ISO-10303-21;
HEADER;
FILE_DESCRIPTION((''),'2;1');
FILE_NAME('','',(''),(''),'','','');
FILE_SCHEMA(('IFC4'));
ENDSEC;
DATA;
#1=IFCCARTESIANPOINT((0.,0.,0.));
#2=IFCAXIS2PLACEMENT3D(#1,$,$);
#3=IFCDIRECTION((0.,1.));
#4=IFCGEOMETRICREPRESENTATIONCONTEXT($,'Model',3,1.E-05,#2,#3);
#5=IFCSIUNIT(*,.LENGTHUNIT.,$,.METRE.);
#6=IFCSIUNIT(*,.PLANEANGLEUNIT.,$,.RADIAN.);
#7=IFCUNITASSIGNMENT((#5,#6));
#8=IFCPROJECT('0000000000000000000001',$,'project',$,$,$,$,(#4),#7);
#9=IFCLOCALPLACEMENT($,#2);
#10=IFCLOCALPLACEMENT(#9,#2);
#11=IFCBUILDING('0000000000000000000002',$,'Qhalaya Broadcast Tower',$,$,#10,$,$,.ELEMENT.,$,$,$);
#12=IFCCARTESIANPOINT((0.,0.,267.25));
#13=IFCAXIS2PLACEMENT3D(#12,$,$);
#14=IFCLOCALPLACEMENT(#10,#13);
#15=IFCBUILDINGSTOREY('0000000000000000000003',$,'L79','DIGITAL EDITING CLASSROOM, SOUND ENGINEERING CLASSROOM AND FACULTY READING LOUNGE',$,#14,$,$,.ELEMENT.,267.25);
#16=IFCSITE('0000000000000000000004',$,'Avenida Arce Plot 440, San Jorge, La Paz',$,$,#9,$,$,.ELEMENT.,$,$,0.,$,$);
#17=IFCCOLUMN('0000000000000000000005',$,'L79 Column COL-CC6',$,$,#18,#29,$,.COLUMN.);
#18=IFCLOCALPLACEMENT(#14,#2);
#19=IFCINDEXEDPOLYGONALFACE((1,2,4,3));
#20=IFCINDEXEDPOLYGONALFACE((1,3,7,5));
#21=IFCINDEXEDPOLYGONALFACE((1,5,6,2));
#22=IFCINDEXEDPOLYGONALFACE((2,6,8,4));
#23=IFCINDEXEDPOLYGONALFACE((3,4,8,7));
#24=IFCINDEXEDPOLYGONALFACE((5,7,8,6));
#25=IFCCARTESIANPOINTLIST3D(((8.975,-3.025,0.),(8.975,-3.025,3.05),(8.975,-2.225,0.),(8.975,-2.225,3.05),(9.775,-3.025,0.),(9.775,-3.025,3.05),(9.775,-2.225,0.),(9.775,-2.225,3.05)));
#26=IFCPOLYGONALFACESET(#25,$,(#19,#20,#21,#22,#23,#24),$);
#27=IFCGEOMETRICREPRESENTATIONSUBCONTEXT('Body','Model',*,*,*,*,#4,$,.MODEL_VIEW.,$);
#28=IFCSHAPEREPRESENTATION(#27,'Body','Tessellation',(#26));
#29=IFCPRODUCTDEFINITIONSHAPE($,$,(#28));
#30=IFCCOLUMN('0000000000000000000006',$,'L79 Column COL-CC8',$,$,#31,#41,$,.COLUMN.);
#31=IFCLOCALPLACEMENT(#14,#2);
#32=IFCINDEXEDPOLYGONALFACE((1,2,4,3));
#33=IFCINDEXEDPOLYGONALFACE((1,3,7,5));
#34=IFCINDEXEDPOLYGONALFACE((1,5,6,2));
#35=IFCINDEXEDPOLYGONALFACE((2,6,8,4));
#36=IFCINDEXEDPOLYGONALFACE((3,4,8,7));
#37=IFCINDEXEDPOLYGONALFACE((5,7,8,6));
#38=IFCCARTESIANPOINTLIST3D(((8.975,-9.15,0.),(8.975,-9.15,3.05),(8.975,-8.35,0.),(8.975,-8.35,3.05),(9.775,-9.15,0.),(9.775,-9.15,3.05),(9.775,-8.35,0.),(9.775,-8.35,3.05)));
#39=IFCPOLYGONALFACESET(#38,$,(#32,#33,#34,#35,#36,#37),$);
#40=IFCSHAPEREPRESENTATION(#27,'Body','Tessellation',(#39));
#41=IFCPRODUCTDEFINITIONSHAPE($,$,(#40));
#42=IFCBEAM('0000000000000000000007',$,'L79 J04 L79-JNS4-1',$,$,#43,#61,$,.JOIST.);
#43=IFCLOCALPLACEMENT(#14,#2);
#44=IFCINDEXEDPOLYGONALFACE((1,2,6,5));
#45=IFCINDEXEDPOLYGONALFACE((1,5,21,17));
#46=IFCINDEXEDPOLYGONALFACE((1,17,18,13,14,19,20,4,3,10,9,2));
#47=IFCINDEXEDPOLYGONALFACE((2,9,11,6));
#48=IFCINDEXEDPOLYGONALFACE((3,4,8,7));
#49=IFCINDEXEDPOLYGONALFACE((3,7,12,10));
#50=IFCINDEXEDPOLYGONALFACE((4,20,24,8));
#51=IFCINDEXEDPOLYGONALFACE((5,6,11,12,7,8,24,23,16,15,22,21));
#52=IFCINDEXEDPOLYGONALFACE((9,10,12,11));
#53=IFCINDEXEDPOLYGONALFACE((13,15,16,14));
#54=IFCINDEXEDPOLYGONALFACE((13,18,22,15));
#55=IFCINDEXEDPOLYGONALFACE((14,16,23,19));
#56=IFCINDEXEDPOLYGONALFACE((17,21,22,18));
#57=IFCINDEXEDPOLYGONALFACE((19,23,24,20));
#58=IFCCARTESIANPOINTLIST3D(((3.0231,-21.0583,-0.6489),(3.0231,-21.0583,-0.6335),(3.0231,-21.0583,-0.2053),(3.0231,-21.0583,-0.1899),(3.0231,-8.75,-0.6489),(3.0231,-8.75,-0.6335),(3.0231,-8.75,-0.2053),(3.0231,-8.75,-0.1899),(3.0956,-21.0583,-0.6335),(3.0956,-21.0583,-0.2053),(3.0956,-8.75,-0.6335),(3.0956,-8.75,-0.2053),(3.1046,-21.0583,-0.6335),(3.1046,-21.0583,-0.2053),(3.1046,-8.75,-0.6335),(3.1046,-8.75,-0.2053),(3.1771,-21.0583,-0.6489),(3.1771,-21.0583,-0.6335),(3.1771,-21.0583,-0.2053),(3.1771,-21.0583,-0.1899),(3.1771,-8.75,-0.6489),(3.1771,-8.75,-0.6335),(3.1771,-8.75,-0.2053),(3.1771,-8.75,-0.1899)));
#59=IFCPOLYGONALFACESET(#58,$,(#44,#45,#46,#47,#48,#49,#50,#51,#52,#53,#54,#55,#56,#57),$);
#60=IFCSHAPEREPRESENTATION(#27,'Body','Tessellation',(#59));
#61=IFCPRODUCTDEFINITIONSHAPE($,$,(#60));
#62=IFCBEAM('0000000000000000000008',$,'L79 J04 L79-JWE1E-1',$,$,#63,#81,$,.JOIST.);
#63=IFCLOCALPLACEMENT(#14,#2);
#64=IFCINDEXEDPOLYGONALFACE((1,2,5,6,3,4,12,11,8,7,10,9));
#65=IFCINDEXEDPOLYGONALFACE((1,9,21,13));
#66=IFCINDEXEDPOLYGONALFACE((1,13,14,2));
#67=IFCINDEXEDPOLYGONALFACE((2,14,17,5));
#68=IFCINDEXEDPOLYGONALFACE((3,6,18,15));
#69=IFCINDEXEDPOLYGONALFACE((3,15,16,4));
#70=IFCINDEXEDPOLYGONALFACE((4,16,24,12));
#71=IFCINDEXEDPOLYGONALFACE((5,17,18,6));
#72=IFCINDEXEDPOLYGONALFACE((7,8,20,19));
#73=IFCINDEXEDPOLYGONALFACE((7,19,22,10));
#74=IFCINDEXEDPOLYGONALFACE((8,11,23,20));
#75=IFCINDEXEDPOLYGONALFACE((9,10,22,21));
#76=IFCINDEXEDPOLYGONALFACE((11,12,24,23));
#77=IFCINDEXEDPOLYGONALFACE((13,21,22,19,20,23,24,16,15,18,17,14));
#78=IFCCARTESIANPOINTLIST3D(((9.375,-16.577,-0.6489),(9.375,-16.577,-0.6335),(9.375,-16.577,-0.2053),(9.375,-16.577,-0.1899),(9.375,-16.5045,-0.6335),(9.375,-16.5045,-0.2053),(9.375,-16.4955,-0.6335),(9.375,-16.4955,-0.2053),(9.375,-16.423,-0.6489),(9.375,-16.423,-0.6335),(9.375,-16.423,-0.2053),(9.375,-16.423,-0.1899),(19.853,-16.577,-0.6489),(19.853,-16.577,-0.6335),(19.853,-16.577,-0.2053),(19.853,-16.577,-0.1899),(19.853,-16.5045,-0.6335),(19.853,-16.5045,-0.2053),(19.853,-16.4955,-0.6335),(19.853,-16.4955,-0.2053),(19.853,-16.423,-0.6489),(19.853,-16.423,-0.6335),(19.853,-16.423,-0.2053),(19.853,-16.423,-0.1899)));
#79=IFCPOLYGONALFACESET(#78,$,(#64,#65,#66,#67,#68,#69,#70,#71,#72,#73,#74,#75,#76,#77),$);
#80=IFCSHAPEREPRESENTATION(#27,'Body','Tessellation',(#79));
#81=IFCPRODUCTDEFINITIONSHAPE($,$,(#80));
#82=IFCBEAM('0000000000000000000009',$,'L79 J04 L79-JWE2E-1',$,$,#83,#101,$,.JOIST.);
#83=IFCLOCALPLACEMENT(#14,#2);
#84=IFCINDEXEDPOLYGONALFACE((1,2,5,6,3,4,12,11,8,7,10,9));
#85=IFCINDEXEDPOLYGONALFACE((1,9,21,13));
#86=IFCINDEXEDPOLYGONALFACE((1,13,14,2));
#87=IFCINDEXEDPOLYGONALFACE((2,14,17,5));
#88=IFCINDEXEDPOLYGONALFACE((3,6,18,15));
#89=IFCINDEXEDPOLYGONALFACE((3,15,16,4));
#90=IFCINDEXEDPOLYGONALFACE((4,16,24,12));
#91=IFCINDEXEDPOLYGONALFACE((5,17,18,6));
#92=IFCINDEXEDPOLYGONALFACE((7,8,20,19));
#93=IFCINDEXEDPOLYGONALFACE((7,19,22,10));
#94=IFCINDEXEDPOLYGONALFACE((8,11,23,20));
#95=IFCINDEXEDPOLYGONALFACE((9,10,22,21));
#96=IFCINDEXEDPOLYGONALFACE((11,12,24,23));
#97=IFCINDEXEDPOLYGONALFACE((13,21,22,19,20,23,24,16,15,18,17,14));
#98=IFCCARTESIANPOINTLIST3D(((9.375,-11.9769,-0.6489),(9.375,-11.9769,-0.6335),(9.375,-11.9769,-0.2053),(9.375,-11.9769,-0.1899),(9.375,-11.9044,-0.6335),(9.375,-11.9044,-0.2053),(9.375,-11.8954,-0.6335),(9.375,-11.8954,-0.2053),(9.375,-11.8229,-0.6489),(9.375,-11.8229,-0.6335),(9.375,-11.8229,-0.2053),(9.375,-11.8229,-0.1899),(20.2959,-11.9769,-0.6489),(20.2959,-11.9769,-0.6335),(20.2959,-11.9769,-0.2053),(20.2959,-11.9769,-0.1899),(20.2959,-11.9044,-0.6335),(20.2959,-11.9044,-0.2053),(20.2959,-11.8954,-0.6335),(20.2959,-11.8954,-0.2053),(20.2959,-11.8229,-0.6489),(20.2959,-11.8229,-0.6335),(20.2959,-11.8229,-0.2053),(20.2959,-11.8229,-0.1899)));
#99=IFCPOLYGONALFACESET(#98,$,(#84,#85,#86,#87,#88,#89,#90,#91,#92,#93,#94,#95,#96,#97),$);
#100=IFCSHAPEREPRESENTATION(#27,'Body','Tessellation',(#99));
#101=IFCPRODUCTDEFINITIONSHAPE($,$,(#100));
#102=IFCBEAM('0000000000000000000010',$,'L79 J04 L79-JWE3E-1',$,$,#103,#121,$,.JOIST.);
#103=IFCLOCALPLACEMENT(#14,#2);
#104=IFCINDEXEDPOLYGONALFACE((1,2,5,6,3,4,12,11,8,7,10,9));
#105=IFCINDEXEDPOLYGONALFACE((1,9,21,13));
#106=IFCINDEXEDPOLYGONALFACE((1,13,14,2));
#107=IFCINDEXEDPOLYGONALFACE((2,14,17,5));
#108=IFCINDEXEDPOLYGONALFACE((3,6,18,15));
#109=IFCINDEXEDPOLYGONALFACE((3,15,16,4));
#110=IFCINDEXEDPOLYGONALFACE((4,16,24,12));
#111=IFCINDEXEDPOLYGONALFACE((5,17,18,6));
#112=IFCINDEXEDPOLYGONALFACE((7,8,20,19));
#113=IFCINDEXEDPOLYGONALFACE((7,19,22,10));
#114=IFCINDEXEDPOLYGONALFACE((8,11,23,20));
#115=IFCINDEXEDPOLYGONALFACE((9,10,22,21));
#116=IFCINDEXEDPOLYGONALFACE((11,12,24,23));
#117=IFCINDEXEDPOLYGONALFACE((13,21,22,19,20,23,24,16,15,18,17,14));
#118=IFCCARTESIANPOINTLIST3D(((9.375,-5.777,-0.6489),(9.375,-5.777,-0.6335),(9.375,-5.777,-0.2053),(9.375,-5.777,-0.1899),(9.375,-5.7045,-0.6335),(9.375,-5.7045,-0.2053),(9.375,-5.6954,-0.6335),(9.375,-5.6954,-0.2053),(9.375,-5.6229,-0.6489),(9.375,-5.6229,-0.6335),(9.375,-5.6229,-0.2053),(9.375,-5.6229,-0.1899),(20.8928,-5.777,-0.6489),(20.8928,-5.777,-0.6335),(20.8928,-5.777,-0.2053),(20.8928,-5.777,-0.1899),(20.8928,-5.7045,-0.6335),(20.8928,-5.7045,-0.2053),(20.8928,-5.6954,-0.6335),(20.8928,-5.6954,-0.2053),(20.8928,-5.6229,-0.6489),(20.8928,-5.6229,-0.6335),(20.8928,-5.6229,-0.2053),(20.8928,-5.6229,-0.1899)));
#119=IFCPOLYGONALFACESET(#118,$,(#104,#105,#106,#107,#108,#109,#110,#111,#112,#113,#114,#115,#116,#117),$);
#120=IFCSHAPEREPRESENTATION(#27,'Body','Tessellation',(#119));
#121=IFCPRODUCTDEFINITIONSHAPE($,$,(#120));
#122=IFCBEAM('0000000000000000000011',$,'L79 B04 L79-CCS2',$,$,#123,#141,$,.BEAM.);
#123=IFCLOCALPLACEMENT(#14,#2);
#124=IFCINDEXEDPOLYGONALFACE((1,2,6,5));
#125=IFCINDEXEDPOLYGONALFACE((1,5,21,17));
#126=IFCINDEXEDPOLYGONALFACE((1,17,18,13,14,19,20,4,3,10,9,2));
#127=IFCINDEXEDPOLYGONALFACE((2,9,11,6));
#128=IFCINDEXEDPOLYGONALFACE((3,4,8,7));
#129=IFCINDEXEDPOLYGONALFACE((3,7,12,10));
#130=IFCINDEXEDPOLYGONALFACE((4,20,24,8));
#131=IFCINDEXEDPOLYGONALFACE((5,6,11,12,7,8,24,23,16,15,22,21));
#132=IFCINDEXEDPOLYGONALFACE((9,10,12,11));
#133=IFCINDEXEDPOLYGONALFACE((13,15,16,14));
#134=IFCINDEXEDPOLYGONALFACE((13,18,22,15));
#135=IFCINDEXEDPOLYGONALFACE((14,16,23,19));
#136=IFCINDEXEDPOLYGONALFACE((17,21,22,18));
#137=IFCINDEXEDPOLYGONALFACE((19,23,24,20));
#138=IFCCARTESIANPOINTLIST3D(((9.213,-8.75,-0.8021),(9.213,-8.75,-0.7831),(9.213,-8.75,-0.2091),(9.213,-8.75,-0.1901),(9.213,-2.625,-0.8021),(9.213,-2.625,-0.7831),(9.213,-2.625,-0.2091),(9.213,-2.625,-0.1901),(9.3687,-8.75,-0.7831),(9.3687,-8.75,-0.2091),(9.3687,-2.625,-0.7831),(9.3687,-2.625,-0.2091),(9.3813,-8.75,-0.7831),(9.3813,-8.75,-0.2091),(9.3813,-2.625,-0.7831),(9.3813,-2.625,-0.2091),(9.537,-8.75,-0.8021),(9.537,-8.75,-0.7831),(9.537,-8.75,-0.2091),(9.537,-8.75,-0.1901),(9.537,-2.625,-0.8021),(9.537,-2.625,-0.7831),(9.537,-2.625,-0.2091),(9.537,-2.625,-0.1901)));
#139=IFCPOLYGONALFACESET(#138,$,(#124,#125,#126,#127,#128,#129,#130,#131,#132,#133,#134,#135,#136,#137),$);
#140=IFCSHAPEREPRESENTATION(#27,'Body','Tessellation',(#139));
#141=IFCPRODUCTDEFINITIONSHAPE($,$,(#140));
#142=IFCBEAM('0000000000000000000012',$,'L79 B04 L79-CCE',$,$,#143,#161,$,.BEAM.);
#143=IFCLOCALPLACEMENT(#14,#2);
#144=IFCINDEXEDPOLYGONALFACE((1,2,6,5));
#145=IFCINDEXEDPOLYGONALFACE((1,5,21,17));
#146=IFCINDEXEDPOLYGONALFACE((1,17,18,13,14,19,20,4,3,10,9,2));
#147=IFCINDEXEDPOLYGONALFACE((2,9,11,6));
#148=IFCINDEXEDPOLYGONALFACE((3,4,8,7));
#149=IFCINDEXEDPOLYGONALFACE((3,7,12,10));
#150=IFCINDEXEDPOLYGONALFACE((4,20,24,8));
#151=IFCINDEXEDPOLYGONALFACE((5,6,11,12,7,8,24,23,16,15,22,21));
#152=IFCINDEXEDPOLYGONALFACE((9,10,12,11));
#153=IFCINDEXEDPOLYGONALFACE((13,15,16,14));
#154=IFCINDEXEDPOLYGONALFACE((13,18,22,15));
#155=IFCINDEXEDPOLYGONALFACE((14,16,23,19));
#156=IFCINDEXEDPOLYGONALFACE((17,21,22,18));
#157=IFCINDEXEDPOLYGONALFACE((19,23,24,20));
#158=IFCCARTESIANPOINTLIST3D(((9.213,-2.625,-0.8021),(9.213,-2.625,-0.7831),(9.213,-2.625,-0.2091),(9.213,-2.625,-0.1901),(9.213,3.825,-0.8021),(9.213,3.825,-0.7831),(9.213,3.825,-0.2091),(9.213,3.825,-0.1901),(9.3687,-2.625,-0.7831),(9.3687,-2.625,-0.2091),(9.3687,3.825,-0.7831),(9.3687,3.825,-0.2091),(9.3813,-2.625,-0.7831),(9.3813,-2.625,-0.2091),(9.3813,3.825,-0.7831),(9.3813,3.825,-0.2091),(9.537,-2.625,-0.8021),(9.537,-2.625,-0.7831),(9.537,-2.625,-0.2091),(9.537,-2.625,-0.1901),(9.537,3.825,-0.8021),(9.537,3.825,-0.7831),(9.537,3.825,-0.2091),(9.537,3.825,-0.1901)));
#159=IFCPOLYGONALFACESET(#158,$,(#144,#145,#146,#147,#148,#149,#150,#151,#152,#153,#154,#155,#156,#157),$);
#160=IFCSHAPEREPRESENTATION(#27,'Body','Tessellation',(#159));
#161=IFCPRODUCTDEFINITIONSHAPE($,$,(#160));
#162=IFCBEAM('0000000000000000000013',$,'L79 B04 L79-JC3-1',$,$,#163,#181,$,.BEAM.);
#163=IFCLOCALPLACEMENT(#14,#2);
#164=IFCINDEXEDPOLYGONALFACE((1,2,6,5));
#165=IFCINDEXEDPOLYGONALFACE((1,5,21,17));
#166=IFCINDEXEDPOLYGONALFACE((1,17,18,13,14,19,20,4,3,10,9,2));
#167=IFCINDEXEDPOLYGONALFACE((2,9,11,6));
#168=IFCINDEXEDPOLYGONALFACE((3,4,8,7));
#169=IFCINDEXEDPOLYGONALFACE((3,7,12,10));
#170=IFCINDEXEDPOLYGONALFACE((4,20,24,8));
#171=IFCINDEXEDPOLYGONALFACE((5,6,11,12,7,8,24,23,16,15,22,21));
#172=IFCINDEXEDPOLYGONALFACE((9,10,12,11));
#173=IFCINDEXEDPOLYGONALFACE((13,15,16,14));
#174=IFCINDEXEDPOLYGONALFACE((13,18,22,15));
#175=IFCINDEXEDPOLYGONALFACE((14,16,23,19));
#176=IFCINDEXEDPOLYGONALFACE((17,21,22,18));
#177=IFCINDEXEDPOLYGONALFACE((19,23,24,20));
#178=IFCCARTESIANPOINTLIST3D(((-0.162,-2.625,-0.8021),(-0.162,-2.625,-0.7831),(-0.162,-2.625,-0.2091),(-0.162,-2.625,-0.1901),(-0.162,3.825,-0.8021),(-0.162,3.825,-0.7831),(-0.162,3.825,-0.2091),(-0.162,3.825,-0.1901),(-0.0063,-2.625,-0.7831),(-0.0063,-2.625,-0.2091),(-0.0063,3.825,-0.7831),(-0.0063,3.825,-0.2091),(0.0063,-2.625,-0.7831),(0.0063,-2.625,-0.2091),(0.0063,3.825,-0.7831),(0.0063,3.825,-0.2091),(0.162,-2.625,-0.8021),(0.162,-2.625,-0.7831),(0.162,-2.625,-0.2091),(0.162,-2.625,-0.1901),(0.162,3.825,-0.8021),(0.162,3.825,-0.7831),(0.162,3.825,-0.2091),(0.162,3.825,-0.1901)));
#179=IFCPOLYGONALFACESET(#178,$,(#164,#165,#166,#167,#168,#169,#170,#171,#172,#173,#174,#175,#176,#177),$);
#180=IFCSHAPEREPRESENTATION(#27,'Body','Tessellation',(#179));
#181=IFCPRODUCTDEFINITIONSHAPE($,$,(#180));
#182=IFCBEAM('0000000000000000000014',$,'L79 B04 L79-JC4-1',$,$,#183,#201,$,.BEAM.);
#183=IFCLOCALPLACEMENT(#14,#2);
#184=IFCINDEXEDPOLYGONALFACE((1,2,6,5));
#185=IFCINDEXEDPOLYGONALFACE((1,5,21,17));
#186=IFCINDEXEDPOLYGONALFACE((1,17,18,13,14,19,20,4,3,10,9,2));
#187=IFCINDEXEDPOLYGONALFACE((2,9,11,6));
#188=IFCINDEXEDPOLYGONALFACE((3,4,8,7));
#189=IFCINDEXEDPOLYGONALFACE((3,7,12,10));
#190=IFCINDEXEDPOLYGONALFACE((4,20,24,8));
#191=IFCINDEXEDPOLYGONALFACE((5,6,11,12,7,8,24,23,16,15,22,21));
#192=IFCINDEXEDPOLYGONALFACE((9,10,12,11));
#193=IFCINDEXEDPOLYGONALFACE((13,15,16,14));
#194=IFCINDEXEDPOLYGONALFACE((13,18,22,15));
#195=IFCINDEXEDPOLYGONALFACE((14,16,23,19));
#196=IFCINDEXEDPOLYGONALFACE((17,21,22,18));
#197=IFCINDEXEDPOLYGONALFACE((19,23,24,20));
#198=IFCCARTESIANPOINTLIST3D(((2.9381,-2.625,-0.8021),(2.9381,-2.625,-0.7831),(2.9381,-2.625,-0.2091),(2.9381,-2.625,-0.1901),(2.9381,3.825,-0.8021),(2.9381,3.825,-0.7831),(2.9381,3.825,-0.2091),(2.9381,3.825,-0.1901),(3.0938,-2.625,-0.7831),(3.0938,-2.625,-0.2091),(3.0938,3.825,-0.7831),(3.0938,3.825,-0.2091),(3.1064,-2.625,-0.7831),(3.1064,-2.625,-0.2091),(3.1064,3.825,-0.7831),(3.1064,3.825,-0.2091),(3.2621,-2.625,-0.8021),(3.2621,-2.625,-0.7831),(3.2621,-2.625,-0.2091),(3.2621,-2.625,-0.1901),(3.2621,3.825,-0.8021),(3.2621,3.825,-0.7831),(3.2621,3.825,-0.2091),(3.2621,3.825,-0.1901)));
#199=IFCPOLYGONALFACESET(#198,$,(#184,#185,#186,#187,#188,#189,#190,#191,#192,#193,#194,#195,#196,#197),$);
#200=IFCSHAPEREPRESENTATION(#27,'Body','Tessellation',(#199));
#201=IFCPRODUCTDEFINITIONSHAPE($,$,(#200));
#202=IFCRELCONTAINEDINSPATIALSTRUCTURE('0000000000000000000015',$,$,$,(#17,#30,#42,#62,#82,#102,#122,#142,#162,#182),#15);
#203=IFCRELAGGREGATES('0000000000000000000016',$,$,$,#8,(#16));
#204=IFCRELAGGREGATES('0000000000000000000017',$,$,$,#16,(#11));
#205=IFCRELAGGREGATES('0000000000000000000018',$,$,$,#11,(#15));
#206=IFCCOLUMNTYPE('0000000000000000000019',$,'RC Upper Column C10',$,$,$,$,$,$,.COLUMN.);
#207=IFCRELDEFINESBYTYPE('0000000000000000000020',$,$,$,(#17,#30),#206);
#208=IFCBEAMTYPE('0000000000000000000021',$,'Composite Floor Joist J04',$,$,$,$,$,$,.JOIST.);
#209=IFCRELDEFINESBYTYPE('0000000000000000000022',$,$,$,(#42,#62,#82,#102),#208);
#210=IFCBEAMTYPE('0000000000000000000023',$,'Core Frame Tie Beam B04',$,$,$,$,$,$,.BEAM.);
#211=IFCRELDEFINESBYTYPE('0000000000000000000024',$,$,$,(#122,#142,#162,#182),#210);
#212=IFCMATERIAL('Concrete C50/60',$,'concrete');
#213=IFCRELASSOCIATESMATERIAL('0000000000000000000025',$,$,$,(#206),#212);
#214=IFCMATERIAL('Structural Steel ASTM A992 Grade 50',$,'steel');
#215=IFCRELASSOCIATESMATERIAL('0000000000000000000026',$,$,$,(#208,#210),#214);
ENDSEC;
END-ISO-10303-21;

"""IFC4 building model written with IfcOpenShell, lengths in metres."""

from ifc_helpers import new_model, si_unit, direction, frame, origin, origin_2d, place, context, subcontext, project, spatial, rectangle, i_section, extrude, material, material_profile, profile_set, type_object, element, save


model = new_model("IFC4")

# Units and contexts
model_context = context("Model", 3, precision=1e-05, world=origin(), true_north=direction((0.0, 1.0)))
body_context = subcontext(model_context, "Body", "Model", "MODEL_VIEW")
ifc_project = project(units=[si_unit("LENGTHUNIT", "METRE"), si_unit("PLANEANGLEUNIT", "RADIAN")], contexts=[model_context])

# Site, building, storey
site_placement = place(None, origin())
site = spatial("IfcSite", under=ifc_project, at=site_placement, Name="Avenida Arce Plot 440, San Jorge, La Paz", CompositionType="ELEMENT", RefElevation=0.0)
building_placement = place(site_placement, origin())
building = spatial("IfcBuilding", under=site, at=building_placement, Name="Qhalaya Broadcast Tower", CompositionType="ELEMENT")
storey_placement = place(building_placement, frame((0.0, 0.0, 267.25)))
storey = spatial("IfcBuildingStorey", under=building, at=storey_placement, Name="L79", Description="DIGITAL EDITING CLASSROOM, SOUND ENGINEERING CLASSROOM AND FACULTY READING LOUNGE", CompositionType="ELEMENT", Elevation=267.25)

# Columns
ifc_material_1 = material(Name="Concrete C50/60", Category="concrete")
ifc_material_profile_1 = material_profile(ifc_material_1, rectangle(XDim=0.8, YDim=0.8, at=origin_2d()), Name="RC-COL 800x800")
ifc_profile_set_1 = profile_set([ifc_material_profile_1], Name="Concrete C50/60")
column_type = type_object("IfcColumnType", Name="RC Upper Column C10", PredefinedType="COLUMN", material=ifc_profile_set_1)
for number, where, z_axis, x_axis, name in (
    (1, (9.375, -2.625, 0.0), (0.0, 0.0, 1.0), (1.0, 0.0, 0.0), "L79 Column COL-CC6"),
    (2, (9.375, -8.75, 0.0), (0.0, 0.0, 1.0), (1.0, 0.0, 0.0), "L79 Column COL-CC8"),
):
    element("IfcColumn", number, at=place(storey_placement, frame(where, z_axis=z_axis, x_axis=x_axis)), inside=storey, type_object=column_type, Name=name, PredefinedType="COLUMN", context=body_context, shape_type="SweptSolid", body=[
        extrude(rectangle(XDim=0.8, YDim=0.8, at=origin_2d()), origin(), (0.0, 0.0, 1.0), 3.05),
    ])

# Beams
ifc_material_2 = material(Name="Structural Steel ASTM A992 Grade 50", Category="steel")
ifc_material_profile_2 = material_profile(ifc_material_2, i_section(OverallWidth=0.1541, OverallDepth=0.459, WebThickness=0.009, FlangeThickness=0.0154, at=origin_2d()), Name="W18X46")
ifc_profile_set_2 = profile_set([ifc_material_profile_2], Name="Structural Steel ASTM A992 Grade 50")
beam_type_1 = type_object("IfcBeamType", Name="Composite Floor Joist J04", PredefinedType="JOIST", material=ifc_profile_set_2)
beam_1_placement = place(storey_placement, frame((3.1001, -21.0583, -0.4194), z_axis=(0.0, 1.0, 0.0), x_axis=(-1.0, 0.0, 0.0)))
element("IfcBeam", 3, at=beam_1_placement, inside=storey, type_object=beam_type_1, Name="L79 J04 L79-JNS4-1", PredefinedType="JOIST", context=body_context, shape_type="SweptSolid", body=[
    extrude(i_section(OverallWidth=0.1541, OverallDepth=0.459, WebThickness=0.009, FlangeThickness=0.0154, at=origin_2d()), origin(), (0.0, 0.0, 1.0), 12.3083),
])
beam_2_placement = place(storey_placement, frame((9.375, -16.5, -0.4194), z_axis=(1.0, 0.0, 0.0), x_axis=(0.0, 1.0, 0.0)))
element("IfcBeam", 4, at=beam_2_placement, inside=storey, type_object=beam_type_1, Name="L79 J04 L79-JWE1E-1", PredefinedType="JOIST", context=body_context, shape_type="SweptSolid", body=[
    extrude(i_section(OverallWidth=0.1541, OverallDepth=0.459, WebThickness=0.009, FlangeThickness=0.0154, at=origin_2d()), origin(), (0.0, 0.0, 1.0), 10.478),
])
beam_3_placement = place(storey_placement, frame((9.375, -11.8999, -0.4194), z_axis=(1.0, 0.0, 0.0), x_axis=(0.0, 1.0, 0.0)))
element("IfcBeam", 5, at=beam_3_placement, inside=storey, type_object=beam_type_1, Name="L79 J04 L79-JWE2E-1", PredefinedType="JOIST", context=body_context, shape_type="SweptSolid", body=[
    extrude(i_section(OverallWidth=0.1541, OverallDepth=0.459, WebThickness=0.009, FlangeThickness=0.0154, at=origin_2d()), origin(), (0.0, 0.0, 1.0), 10.9209),
])
beam_4_placement = place(storey_placement, frame((9.375, -5.7, -0.4194), z_axis=(1.0, 0.0, 0.0), x_axis=(0.0, 1.0, 0.0)))
element("IfcBeam", 6, at=beam_4_placement, inside=storey, type_object=beam_type_1, Name="L79 J04 L79-JWE3E-1", PredefinedType="JOIST", context=body_context, shape_type="SweptSolid", body=[
    extrude(i_section(OverallWidth=0.1541, OverallDepth=0.459, WebThickness=0.009, FlangeThickness=0.0154, at=origin_2d()), origin(), (0.0, 0.0, 1.0), 11.5178),
])
ifc_material_profile_3 = material_profile(ifc_material_2, i_section(OverallWidth=0.324, OverallDepth=0.6121, WebThickness=0.0127, FlangeThickness=0.019, at=origin_2d()), Name="W24X104")
ifc_profile_set_3 = profile_set([ifc_material_profile_3], Name="Structural Steel ASTM A992 Grade 50")
beam_type_2 = type_object("IfcBeamType", Name="Core Frame Tie Beam B04", PredefinedType="BEAM", material=ifc_profile_set_3)
beam_5_placement = place(storey_placement, frame((9.375, -8.75, -0.4961), z_axis=(0.0, 1.0, 0.0), x_axis=(-1.0, 0.0, 0.0)))
element("IfcBeam", 7, at=beam_5_placement, inside=storey, type_object=beam_type_2, Name="L79 B04 L79-CCS2", PredefinedType="BEAM", context=body_context, shape_type="SweptSolid", body=[
    extrude(i_section(OverallWidth=0.324, OverallDepth=0.6121, WebThickness=0.0127, FlangeThickness=0.019, at=origin_2d()), origin(), (0.0, 0.0, 1.0), 6.125),
])
for number, where, z_axis, x_axis, name in (
    (8, (9.375, -2.625, -0.4961), (0.0, 1.0, 0.0), (-1.0, 0.0, 0.0), "L79 B04 L79-CCE"),
    (9, (0.0, -2.625, -0.4961), (0.0, 1.0, 0.0), (-1.0, 0.0, 0.0), "L79 B04 L79-JC3-1"),
    (10, (3.1001, -2.625, -0.4961), (0.0, 1.0, 0.0), (-1.0, 0.0, 0.0), "L79 B04 L79-JC4-1"),
):
    element("IfcBeam", number, at=place(storey_placement, frame(where, z_axis=z_axis, x_axis=x_axis)), inside=storey, type_object=beam_type_2, Name=name, PredefinedType="BEAM", context=body_context, shape_type="SweptSolid", body=[
        extrude(i_section(OverallWidth=0.324, OverallDepth=0.6121, WebThickness=0.0127, FlangeThickness=0.019, at=origin_2d()), origin(), (0.0, 0.0, 1.0), 6.45),
    ])

save(model, "model.ifc")
